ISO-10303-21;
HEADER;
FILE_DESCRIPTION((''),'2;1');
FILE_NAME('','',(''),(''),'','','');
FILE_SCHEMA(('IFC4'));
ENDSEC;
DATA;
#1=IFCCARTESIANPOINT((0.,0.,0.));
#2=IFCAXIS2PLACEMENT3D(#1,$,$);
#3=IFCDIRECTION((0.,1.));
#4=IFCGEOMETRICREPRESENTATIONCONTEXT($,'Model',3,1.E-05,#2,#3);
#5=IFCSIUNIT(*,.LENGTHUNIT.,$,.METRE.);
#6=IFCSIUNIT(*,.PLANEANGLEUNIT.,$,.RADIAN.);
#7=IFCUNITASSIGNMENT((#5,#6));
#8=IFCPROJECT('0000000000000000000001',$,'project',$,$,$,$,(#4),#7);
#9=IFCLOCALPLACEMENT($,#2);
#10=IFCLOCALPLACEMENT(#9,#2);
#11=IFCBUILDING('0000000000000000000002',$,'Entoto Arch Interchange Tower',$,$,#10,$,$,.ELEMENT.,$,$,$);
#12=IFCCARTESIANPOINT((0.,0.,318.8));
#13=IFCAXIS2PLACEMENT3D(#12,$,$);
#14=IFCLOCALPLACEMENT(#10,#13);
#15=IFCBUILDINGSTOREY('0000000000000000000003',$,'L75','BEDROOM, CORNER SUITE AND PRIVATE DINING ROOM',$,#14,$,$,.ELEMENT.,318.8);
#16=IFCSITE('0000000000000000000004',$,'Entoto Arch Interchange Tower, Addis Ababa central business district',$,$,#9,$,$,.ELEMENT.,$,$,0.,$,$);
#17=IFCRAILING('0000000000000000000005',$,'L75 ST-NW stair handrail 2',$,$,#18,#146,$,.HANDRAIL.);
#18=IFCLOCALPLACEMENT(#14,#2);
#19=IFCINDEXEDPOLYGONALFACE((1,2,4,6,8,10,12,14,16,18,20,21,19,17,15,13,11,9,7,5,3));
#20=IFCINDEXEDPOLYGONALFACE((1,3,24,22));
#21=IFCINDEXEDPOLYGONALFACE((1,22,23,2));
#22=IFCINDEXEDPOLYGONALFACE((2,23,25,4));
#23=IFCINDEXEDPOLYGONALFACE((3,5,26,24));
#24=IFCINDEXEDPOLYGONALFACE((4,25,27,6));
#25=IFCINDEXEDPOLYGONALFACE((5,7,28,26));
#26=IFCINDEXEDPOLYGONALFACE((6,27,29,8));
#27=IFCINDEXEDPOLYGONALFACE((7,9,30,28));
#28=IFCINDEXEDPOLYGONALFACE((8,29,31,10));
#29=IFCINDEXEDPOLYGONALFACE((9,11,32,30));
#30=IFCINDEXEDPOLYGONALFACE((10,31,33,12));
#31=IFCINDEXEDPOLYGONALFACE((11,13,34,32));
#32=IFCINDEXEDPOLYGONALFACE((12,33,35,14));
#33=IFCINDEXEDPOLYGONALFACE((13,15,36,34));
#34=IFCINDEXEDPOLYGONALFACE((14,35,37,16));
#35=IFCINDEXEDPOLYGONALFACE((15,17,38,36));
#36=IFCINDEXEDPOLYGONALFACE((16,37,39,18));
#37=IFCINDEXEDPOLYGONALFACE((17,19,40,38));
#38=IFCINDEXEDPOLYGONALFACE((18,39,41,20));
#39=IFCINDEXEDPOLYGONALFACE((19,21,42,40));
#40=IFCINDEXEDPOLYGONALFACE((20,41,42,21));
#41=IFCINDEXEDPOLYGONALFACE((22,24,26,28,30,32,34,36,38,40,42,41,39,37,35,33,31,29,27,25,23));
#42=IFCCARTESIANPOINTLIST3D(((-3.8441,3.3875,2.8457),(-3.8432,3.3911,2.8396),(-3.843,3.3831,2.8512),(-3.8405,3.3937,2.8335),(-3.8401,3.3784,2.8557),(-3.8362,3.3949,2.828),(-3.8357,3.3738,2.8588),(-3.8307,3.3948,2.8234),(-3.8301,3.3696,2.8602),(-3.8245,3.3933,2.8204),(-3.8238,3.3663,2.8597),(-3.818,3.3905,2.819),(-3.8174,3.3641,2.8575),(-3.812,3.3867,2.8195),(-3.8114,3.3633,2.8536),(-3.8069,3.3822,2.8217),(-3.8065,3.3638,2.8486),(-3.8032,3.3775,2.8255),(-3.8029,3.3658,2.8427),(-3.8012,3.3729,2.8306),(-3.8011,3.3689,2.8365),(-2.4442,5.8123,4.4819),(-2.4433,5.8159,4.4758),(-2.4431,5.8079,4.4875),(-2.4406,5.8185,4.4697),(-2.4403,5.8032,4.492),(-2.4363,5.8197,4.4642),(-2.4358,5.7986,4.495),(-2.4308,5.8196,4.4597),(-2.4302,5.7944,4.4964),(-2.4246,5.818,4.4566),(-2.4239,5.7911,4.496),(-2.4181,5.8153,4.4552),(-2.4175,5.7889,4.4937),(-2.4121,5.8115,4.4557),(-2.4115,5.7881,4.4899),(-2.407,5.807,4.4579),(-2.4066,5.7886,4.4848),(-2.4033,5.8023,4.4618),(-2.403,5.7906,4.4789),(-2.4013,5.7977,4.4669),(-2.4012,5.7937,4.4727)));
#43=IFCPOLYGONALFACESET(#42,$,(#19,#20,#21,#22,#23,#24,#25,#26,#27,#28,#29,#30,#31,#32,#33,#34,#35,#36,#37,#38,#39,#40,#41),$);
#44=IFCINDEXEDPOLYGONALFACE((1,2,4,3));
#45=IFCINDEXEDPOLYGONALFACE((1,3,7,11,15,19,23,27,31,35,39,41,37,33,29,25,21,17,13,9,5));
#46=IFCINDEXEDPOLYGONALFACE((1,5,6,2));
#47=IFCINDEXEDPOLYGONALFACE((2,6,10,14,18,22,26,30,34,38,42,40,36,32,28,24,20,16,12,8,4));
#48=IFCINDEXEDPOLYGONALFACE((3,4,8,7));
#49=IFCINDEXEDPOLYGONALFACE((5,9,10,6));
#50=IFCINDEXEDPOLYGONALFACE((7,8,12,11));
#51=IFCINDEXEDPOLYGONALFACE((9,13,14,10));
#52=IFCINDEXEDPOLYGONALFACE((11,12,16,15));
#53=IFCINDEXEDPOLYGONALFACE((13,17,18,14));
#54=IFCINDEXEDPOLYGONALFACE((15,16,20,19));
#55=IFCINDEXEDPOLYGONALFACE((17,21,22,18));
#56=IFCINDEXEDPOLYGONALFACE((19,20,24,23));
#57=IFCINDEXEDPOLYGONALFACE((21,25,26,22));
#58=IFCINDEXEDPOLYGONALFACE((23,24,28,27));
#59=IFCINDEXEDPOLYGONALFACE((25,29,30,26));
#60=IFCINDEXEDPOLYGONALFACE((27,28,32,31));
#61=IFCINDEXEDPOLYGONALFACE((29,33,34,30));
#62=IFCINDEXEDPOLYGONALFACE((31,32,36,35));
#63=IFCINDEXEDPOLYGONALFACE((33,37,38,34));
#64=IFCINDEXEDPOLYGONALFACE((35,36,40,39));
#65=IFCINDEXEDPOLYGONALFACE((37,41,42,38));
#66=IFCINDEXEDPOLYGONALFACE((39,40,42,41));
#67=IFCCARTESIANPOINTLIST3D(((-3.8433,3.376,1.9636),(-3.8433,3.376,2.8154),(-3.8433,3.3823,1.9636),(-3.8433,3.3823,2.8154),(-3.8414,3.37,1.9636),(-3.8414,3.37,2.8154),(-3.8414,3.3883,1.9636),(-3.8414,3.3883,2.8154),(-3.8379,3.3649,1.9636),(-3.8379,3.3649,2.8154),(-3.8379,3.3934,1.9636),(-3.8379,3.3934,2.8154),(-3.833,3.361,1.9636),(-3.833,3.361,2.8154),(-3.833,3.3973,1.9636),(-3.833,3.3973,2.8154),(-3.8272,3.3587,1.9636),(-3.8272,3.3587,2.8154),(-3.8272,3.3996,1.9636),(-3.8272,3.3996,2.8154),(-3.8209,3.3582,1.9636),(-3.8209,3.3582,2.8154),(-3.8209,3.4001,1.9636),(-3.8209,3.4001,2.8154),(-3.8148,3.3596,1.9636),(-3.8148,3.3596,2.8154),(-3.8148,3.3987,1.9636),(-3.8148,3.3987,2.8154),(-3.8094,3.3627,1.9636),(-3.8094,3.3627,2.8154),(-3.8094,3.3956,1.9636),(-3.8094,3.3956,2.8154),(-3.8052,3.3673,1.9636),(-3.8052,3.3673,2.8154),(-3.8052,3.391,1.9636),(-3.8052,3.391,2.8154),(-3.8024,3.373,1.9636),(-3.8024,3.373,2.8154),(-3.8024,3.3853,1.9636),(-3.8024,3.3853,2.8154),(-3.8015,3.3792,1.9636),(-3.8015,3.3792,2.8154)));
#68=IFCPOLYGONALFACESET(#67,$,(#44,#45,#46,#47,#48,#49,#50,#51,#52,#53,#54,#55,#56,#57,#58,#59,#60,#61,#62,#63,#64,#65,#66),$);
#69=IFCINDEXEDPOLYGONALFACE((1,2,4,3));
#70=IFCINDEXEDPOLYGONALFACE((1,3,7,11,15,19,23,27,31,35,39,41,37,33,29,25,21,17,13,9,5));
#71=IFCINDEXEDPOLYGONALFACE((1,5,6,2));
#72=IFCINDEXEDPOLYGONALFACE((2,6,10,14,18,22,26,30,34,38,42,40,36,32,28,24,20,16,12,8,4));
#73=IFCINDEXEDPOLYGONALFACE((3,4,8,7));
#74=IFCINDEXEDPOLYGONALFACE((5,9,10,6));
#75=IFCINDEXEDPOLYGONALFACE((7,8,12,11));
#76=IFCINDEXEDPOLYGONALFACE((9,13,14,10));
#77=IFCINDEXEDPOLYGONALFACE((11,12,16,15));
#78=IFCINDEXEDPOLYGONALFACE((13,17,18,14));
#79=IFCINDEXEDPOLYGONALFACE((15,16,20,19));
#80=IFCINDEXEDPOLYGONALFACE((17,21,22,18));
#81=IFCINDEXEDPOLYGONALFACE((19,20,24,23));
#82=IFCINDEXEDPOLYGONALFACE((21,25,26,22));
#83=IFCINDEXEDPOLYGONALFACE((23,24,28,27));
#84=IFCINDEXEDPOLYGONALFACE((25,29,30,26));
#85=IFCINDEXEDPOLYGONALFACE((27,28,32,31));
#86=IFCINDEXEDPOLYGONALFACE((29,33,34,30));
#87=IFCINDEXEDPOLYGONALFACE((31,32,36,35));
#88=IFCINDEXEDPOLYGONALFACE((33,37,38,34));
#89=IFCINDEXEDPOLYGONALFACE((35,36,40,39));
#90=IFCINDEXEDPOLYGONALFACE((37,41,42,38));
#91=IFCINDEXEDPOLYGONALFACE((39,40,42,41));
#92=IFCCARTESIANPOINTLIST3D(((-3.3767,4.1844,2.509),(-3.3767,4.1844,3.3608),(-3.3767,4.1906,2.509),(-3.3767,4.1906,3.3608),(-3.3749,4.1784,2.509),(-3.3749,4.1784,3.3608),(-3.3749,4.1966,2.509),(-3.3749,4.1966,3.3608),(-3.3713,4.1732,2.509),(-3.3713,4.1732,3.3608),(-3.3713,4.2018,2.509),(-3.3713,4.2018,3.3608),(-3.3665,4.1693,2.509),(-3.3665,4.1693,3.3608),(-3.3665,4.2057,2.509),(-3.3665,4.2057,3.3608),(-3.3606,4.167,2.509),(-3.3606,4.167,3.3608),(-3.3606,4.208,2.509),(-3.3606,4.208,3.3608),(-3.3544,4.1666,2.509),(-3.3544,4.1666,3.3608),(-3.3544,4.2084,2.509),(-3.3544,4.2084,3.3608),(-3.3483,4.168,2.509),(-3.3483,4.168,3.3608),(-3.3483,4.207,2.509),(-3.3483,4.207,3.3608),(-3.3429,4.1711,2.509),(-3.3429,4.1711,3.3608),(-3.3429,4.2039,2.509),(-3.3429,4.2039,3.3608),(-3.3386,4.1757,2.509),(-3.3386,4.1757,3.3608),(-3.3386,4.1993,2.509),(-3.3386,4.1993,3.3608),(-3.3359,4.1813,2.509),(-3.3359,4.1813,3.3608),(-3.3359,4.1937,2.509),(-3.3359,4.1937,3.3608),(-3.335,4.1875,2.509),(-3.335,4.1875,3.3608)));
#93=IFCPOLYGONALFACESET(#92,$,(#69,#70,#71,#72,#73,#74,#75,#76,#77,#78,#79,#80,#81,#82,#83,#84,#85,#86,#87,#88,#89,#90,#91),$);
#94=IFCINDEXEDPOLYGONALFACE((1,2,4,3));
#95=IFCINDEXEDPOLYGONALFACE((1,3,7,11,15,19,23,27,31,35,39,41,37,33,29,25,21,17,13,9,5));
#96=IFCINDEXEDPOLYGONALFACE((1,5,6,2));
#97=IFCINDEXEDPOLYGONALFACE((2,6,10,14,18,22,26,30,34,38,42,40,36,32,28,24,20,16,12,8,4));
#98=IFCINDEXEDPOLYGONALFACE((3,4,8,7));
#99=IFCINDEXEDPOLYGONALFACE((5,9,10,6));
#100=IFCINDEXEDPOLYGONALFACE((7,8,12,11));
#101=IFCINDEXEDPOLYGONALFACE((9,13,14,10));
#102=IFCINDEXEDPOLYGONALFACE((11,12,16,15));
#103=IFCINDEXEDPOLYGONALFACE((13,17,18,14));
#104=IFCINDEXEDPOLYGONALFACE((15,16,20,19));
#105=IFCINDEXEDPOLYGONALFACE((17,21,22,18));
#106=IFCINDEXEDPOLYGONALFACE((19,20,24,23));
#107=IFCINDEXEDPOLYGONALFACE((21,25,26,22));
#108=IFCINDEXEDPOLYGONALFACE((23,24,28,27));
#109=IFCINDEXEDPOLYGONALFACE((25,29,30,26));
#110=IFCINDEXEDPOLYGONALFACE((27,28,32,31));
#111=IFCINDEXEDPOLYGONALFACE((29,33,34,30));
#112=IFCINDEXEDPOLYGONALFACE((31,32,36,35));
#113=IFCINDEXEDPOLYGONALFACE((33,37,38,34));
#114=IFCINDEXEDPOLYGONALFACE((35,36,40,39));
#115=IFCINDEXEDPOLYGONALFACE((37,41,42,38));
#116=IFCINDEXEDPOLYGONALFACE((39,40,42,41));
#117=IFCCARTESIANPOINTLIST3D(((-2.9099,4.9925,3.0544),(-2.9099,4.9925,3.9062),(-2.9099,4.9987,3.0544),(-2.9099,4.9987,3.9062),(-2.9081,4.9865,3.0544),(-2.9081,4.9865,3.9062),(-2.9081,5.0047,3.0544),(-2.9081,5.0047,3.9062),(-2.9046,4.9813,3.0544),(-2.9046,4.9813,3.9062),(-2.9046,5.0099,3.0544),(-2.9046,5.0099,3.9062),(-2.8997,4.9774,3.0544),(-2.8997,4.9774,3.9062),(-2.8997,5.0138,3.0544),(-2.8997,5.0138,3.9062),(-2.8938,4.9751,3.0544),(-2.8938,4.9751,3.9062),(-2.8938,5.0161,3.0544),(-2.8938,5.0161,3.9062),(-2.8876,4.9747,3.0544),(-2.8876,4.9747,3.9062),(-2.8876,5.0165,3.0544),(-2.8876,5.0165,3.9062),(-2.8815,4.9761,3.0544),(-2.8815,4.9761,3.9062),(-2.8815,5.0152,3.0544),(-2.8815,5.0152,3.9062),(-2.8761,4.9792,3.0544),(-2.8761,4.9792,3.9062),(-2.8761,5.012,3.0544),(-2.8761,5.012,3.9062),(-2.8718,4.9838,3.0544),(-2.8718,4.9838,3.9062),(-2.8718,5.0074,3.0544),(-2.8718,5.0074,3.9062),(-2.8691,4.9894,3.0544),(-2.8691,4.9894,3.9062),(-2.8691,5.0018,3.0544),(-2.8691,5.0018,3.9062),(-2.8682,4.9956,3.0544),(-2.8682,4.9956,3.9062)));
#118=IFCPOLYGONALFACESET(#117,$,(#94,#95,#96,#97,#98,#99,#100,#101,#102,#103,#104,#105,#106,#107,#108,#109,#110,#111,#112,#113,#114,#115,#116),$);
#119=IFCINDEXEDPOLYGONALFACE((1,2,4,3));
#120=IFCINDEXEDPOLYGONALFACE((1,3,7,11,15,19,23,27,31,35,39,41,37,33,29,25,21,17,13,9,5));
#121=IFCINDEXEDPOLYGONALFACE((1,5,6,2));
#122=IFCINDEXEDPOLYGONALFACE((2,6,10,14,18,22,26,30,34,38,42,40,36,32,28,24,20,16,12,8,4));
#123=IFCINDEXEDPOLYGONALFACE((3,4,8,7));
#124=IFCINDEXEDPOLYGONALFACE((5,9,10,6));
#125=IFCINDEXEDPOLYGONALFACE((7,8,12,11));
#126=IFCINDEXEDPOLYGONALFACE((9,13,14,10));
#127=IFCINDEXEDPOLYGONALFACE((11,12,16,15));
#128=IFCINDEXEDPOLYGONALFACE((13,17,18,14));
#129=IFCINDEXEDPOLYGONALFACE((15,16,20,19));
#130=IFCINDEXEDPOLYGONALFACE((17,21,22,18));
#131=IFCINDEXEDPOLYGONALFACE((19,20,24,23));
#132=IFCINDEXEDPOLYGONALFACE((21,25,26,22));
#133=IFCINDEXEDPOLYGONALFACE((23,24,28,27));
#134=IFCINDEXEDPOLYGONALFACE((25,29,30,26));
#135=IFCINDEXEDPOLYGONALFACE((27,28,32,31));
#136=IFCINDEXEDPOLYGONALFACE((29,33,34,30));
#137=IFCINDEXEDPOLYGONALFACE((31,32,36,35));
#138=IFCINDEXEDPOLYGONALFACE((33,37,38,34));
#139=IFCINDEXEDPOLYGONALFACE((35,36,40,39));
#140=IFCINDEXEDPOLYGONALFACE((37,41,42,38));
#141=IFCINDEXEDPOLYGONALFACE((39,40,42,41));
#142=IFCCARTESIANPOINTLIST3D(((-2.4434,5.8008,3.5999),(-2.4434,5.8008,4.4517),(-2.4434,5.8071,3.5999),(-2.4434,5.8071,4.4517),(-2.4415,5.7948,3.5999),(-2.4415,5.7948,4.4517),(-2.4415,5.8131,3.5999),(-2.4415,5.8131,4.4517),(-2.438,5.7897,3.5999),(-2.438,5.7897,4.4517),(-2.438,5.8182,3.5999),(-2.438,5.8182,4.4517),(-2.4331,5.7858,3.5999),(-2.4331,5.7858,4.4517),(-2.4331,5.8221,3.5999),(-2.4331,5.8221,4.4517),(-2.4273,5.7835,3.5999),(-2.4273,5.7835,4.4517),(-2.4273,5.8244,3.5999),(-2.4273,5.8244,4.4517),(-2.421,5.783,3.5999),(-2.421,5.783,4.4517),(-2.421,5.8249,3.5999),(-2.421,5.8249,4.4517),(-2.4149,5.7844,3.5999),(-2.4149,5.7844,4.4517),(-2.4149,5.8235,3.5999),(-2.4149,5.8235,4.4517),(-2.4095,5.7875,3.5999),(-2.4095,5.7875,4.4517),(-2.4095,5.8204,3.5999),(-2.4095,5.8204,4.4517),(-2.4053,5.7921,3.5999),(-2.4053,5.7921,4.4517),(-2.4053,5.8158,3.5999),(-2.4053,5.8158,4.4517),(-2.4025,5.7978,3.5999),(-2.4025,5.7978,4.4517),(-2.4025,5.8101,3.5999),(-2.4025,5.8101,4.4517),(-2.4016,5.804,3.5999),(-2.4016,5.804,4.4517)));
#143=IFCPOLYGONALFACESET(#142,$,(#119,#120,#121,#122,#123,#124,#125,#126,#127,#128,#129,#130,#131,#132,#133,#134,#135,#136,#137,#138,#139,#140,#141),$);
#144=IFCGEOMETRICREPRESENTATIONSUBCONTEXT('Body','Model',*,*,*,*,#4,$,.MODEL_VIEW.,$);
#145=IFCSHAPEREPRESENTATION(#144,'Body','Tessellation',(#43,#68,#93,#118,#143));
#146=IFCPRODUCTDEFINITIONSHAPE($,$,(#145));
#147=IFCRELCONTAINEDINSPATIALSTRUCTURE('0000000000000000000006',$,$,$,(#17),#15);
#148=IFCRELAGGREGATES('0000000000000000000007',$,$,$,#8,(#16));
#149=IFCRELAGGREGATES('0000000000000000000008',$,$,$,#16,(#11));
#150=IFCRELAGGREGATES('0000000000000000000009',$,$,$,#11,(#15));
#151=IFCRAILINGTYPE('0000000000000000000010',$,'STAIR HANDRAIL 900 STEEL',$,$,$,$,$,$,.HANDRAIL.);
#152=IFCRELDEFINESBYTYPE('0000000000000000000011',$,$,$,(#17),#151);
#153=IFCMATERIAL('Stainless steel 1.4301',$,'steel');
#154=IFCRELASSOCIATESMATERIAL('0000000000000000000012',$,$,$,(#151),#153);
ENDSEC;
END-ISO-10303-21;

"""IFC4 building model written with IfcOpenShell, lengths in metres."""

from ifc_helpers import new_model, si_unit, direction, frame, origin, origin_2d, place, context, subcontext, project, spatial, circle, extrude, material, type_object, element, save


model = new_model("IFC4")

# Units and contexts
model_context = context("Model", 3, precision=1e-05, world=origin(), true_north=direction((0.0, 1.0)))
body_context = subcontext(model_context, "Body", "Model", "MODEL_VIEW")
ifc_project = project(units=[si_unit("LENGTHUNIT", "METRE"), si_unit("PLANEANGLEUNIT", "RADIAN")], contexts=[model_context])

# Site, building, storey
site_placement = place(None, origin())
site = spatial("IfcSite", under=ifc_project, at=site_placement, Name="Entoto Arch Interchange Tower, Addis Ababa central business district", CompositionType="ELEMENT", RefElevation=0.0)
building_placement = place(site_placement, origin())
building = spatial("IfcBuilding", under=site, at=building_placement, Name="Entoto Arch Interchange Tower", CompositionType="ELEMENT")
storey_placement = place(building_placement, frame((0.0, 0.0, 318.8)))
storey = spatial("IfcBuildingStorey", under=building, at=storey_placement, Name="L75", Description="BEDROOM, CORNER SUITE AND PRIVATE DINING ROOM", CompositionType="ELEMENT", Elevation=318.8)

# Railing
ifc_material_1 = material(Name="Stainless steel 1.4301", Category="steel")
railing_type_1 = type_object("IfcRailingType", Name="STAIR HANDRAIL 900 STEEL", PredefinedType="HANDRAIL", material=ifc_material_1)
railing_1_placement = place(storey_placement, frame((-3.8225, 3.3792, 1.9636)))
element("IfcRailing", 1, at=railing_1_placement, inside=storey, type_object=railing_type_1, Name="L75 ST-NW stair handrail 2", PredefinedType="HANDRAIL", context=body_context, shape_type="SweptSolid", body=[
    extrude(circle(Radius=0.0239, at=origin_2d()), frame((0.0, 0.0, 0.876), z_axis=(0.431677, 0.747718, 0.504552), x_axis=(-0.866035, 0.499984, 0.0)), (0.0, 0.0, 1.0), 3.2429),
    extrude(circle(Radius=0.021, at=origin_2d()), origin(), (0.0, 0.0, 1.0), 0.8518),
    extrude(circle(Radius=0.021, at=origin_2d()), frame((0.4666, 0.8083, 0.5454)), (0.0, 0.0, 1.0), 0.8518),
    extrude(circle(Radius=0.021, at=origin_2d()), frame((0.9333, 1.6165, 1.0908)), (0.0, 0.0, 1.0), 0.8518),
    extrude(circle(Radius=0.021, at=origin_2d()), frame((1.3999, 2.4248, 1.6362)), (0.0, 0.0, 1.0), 0.8518),
])

save(model, "model.ifc")
